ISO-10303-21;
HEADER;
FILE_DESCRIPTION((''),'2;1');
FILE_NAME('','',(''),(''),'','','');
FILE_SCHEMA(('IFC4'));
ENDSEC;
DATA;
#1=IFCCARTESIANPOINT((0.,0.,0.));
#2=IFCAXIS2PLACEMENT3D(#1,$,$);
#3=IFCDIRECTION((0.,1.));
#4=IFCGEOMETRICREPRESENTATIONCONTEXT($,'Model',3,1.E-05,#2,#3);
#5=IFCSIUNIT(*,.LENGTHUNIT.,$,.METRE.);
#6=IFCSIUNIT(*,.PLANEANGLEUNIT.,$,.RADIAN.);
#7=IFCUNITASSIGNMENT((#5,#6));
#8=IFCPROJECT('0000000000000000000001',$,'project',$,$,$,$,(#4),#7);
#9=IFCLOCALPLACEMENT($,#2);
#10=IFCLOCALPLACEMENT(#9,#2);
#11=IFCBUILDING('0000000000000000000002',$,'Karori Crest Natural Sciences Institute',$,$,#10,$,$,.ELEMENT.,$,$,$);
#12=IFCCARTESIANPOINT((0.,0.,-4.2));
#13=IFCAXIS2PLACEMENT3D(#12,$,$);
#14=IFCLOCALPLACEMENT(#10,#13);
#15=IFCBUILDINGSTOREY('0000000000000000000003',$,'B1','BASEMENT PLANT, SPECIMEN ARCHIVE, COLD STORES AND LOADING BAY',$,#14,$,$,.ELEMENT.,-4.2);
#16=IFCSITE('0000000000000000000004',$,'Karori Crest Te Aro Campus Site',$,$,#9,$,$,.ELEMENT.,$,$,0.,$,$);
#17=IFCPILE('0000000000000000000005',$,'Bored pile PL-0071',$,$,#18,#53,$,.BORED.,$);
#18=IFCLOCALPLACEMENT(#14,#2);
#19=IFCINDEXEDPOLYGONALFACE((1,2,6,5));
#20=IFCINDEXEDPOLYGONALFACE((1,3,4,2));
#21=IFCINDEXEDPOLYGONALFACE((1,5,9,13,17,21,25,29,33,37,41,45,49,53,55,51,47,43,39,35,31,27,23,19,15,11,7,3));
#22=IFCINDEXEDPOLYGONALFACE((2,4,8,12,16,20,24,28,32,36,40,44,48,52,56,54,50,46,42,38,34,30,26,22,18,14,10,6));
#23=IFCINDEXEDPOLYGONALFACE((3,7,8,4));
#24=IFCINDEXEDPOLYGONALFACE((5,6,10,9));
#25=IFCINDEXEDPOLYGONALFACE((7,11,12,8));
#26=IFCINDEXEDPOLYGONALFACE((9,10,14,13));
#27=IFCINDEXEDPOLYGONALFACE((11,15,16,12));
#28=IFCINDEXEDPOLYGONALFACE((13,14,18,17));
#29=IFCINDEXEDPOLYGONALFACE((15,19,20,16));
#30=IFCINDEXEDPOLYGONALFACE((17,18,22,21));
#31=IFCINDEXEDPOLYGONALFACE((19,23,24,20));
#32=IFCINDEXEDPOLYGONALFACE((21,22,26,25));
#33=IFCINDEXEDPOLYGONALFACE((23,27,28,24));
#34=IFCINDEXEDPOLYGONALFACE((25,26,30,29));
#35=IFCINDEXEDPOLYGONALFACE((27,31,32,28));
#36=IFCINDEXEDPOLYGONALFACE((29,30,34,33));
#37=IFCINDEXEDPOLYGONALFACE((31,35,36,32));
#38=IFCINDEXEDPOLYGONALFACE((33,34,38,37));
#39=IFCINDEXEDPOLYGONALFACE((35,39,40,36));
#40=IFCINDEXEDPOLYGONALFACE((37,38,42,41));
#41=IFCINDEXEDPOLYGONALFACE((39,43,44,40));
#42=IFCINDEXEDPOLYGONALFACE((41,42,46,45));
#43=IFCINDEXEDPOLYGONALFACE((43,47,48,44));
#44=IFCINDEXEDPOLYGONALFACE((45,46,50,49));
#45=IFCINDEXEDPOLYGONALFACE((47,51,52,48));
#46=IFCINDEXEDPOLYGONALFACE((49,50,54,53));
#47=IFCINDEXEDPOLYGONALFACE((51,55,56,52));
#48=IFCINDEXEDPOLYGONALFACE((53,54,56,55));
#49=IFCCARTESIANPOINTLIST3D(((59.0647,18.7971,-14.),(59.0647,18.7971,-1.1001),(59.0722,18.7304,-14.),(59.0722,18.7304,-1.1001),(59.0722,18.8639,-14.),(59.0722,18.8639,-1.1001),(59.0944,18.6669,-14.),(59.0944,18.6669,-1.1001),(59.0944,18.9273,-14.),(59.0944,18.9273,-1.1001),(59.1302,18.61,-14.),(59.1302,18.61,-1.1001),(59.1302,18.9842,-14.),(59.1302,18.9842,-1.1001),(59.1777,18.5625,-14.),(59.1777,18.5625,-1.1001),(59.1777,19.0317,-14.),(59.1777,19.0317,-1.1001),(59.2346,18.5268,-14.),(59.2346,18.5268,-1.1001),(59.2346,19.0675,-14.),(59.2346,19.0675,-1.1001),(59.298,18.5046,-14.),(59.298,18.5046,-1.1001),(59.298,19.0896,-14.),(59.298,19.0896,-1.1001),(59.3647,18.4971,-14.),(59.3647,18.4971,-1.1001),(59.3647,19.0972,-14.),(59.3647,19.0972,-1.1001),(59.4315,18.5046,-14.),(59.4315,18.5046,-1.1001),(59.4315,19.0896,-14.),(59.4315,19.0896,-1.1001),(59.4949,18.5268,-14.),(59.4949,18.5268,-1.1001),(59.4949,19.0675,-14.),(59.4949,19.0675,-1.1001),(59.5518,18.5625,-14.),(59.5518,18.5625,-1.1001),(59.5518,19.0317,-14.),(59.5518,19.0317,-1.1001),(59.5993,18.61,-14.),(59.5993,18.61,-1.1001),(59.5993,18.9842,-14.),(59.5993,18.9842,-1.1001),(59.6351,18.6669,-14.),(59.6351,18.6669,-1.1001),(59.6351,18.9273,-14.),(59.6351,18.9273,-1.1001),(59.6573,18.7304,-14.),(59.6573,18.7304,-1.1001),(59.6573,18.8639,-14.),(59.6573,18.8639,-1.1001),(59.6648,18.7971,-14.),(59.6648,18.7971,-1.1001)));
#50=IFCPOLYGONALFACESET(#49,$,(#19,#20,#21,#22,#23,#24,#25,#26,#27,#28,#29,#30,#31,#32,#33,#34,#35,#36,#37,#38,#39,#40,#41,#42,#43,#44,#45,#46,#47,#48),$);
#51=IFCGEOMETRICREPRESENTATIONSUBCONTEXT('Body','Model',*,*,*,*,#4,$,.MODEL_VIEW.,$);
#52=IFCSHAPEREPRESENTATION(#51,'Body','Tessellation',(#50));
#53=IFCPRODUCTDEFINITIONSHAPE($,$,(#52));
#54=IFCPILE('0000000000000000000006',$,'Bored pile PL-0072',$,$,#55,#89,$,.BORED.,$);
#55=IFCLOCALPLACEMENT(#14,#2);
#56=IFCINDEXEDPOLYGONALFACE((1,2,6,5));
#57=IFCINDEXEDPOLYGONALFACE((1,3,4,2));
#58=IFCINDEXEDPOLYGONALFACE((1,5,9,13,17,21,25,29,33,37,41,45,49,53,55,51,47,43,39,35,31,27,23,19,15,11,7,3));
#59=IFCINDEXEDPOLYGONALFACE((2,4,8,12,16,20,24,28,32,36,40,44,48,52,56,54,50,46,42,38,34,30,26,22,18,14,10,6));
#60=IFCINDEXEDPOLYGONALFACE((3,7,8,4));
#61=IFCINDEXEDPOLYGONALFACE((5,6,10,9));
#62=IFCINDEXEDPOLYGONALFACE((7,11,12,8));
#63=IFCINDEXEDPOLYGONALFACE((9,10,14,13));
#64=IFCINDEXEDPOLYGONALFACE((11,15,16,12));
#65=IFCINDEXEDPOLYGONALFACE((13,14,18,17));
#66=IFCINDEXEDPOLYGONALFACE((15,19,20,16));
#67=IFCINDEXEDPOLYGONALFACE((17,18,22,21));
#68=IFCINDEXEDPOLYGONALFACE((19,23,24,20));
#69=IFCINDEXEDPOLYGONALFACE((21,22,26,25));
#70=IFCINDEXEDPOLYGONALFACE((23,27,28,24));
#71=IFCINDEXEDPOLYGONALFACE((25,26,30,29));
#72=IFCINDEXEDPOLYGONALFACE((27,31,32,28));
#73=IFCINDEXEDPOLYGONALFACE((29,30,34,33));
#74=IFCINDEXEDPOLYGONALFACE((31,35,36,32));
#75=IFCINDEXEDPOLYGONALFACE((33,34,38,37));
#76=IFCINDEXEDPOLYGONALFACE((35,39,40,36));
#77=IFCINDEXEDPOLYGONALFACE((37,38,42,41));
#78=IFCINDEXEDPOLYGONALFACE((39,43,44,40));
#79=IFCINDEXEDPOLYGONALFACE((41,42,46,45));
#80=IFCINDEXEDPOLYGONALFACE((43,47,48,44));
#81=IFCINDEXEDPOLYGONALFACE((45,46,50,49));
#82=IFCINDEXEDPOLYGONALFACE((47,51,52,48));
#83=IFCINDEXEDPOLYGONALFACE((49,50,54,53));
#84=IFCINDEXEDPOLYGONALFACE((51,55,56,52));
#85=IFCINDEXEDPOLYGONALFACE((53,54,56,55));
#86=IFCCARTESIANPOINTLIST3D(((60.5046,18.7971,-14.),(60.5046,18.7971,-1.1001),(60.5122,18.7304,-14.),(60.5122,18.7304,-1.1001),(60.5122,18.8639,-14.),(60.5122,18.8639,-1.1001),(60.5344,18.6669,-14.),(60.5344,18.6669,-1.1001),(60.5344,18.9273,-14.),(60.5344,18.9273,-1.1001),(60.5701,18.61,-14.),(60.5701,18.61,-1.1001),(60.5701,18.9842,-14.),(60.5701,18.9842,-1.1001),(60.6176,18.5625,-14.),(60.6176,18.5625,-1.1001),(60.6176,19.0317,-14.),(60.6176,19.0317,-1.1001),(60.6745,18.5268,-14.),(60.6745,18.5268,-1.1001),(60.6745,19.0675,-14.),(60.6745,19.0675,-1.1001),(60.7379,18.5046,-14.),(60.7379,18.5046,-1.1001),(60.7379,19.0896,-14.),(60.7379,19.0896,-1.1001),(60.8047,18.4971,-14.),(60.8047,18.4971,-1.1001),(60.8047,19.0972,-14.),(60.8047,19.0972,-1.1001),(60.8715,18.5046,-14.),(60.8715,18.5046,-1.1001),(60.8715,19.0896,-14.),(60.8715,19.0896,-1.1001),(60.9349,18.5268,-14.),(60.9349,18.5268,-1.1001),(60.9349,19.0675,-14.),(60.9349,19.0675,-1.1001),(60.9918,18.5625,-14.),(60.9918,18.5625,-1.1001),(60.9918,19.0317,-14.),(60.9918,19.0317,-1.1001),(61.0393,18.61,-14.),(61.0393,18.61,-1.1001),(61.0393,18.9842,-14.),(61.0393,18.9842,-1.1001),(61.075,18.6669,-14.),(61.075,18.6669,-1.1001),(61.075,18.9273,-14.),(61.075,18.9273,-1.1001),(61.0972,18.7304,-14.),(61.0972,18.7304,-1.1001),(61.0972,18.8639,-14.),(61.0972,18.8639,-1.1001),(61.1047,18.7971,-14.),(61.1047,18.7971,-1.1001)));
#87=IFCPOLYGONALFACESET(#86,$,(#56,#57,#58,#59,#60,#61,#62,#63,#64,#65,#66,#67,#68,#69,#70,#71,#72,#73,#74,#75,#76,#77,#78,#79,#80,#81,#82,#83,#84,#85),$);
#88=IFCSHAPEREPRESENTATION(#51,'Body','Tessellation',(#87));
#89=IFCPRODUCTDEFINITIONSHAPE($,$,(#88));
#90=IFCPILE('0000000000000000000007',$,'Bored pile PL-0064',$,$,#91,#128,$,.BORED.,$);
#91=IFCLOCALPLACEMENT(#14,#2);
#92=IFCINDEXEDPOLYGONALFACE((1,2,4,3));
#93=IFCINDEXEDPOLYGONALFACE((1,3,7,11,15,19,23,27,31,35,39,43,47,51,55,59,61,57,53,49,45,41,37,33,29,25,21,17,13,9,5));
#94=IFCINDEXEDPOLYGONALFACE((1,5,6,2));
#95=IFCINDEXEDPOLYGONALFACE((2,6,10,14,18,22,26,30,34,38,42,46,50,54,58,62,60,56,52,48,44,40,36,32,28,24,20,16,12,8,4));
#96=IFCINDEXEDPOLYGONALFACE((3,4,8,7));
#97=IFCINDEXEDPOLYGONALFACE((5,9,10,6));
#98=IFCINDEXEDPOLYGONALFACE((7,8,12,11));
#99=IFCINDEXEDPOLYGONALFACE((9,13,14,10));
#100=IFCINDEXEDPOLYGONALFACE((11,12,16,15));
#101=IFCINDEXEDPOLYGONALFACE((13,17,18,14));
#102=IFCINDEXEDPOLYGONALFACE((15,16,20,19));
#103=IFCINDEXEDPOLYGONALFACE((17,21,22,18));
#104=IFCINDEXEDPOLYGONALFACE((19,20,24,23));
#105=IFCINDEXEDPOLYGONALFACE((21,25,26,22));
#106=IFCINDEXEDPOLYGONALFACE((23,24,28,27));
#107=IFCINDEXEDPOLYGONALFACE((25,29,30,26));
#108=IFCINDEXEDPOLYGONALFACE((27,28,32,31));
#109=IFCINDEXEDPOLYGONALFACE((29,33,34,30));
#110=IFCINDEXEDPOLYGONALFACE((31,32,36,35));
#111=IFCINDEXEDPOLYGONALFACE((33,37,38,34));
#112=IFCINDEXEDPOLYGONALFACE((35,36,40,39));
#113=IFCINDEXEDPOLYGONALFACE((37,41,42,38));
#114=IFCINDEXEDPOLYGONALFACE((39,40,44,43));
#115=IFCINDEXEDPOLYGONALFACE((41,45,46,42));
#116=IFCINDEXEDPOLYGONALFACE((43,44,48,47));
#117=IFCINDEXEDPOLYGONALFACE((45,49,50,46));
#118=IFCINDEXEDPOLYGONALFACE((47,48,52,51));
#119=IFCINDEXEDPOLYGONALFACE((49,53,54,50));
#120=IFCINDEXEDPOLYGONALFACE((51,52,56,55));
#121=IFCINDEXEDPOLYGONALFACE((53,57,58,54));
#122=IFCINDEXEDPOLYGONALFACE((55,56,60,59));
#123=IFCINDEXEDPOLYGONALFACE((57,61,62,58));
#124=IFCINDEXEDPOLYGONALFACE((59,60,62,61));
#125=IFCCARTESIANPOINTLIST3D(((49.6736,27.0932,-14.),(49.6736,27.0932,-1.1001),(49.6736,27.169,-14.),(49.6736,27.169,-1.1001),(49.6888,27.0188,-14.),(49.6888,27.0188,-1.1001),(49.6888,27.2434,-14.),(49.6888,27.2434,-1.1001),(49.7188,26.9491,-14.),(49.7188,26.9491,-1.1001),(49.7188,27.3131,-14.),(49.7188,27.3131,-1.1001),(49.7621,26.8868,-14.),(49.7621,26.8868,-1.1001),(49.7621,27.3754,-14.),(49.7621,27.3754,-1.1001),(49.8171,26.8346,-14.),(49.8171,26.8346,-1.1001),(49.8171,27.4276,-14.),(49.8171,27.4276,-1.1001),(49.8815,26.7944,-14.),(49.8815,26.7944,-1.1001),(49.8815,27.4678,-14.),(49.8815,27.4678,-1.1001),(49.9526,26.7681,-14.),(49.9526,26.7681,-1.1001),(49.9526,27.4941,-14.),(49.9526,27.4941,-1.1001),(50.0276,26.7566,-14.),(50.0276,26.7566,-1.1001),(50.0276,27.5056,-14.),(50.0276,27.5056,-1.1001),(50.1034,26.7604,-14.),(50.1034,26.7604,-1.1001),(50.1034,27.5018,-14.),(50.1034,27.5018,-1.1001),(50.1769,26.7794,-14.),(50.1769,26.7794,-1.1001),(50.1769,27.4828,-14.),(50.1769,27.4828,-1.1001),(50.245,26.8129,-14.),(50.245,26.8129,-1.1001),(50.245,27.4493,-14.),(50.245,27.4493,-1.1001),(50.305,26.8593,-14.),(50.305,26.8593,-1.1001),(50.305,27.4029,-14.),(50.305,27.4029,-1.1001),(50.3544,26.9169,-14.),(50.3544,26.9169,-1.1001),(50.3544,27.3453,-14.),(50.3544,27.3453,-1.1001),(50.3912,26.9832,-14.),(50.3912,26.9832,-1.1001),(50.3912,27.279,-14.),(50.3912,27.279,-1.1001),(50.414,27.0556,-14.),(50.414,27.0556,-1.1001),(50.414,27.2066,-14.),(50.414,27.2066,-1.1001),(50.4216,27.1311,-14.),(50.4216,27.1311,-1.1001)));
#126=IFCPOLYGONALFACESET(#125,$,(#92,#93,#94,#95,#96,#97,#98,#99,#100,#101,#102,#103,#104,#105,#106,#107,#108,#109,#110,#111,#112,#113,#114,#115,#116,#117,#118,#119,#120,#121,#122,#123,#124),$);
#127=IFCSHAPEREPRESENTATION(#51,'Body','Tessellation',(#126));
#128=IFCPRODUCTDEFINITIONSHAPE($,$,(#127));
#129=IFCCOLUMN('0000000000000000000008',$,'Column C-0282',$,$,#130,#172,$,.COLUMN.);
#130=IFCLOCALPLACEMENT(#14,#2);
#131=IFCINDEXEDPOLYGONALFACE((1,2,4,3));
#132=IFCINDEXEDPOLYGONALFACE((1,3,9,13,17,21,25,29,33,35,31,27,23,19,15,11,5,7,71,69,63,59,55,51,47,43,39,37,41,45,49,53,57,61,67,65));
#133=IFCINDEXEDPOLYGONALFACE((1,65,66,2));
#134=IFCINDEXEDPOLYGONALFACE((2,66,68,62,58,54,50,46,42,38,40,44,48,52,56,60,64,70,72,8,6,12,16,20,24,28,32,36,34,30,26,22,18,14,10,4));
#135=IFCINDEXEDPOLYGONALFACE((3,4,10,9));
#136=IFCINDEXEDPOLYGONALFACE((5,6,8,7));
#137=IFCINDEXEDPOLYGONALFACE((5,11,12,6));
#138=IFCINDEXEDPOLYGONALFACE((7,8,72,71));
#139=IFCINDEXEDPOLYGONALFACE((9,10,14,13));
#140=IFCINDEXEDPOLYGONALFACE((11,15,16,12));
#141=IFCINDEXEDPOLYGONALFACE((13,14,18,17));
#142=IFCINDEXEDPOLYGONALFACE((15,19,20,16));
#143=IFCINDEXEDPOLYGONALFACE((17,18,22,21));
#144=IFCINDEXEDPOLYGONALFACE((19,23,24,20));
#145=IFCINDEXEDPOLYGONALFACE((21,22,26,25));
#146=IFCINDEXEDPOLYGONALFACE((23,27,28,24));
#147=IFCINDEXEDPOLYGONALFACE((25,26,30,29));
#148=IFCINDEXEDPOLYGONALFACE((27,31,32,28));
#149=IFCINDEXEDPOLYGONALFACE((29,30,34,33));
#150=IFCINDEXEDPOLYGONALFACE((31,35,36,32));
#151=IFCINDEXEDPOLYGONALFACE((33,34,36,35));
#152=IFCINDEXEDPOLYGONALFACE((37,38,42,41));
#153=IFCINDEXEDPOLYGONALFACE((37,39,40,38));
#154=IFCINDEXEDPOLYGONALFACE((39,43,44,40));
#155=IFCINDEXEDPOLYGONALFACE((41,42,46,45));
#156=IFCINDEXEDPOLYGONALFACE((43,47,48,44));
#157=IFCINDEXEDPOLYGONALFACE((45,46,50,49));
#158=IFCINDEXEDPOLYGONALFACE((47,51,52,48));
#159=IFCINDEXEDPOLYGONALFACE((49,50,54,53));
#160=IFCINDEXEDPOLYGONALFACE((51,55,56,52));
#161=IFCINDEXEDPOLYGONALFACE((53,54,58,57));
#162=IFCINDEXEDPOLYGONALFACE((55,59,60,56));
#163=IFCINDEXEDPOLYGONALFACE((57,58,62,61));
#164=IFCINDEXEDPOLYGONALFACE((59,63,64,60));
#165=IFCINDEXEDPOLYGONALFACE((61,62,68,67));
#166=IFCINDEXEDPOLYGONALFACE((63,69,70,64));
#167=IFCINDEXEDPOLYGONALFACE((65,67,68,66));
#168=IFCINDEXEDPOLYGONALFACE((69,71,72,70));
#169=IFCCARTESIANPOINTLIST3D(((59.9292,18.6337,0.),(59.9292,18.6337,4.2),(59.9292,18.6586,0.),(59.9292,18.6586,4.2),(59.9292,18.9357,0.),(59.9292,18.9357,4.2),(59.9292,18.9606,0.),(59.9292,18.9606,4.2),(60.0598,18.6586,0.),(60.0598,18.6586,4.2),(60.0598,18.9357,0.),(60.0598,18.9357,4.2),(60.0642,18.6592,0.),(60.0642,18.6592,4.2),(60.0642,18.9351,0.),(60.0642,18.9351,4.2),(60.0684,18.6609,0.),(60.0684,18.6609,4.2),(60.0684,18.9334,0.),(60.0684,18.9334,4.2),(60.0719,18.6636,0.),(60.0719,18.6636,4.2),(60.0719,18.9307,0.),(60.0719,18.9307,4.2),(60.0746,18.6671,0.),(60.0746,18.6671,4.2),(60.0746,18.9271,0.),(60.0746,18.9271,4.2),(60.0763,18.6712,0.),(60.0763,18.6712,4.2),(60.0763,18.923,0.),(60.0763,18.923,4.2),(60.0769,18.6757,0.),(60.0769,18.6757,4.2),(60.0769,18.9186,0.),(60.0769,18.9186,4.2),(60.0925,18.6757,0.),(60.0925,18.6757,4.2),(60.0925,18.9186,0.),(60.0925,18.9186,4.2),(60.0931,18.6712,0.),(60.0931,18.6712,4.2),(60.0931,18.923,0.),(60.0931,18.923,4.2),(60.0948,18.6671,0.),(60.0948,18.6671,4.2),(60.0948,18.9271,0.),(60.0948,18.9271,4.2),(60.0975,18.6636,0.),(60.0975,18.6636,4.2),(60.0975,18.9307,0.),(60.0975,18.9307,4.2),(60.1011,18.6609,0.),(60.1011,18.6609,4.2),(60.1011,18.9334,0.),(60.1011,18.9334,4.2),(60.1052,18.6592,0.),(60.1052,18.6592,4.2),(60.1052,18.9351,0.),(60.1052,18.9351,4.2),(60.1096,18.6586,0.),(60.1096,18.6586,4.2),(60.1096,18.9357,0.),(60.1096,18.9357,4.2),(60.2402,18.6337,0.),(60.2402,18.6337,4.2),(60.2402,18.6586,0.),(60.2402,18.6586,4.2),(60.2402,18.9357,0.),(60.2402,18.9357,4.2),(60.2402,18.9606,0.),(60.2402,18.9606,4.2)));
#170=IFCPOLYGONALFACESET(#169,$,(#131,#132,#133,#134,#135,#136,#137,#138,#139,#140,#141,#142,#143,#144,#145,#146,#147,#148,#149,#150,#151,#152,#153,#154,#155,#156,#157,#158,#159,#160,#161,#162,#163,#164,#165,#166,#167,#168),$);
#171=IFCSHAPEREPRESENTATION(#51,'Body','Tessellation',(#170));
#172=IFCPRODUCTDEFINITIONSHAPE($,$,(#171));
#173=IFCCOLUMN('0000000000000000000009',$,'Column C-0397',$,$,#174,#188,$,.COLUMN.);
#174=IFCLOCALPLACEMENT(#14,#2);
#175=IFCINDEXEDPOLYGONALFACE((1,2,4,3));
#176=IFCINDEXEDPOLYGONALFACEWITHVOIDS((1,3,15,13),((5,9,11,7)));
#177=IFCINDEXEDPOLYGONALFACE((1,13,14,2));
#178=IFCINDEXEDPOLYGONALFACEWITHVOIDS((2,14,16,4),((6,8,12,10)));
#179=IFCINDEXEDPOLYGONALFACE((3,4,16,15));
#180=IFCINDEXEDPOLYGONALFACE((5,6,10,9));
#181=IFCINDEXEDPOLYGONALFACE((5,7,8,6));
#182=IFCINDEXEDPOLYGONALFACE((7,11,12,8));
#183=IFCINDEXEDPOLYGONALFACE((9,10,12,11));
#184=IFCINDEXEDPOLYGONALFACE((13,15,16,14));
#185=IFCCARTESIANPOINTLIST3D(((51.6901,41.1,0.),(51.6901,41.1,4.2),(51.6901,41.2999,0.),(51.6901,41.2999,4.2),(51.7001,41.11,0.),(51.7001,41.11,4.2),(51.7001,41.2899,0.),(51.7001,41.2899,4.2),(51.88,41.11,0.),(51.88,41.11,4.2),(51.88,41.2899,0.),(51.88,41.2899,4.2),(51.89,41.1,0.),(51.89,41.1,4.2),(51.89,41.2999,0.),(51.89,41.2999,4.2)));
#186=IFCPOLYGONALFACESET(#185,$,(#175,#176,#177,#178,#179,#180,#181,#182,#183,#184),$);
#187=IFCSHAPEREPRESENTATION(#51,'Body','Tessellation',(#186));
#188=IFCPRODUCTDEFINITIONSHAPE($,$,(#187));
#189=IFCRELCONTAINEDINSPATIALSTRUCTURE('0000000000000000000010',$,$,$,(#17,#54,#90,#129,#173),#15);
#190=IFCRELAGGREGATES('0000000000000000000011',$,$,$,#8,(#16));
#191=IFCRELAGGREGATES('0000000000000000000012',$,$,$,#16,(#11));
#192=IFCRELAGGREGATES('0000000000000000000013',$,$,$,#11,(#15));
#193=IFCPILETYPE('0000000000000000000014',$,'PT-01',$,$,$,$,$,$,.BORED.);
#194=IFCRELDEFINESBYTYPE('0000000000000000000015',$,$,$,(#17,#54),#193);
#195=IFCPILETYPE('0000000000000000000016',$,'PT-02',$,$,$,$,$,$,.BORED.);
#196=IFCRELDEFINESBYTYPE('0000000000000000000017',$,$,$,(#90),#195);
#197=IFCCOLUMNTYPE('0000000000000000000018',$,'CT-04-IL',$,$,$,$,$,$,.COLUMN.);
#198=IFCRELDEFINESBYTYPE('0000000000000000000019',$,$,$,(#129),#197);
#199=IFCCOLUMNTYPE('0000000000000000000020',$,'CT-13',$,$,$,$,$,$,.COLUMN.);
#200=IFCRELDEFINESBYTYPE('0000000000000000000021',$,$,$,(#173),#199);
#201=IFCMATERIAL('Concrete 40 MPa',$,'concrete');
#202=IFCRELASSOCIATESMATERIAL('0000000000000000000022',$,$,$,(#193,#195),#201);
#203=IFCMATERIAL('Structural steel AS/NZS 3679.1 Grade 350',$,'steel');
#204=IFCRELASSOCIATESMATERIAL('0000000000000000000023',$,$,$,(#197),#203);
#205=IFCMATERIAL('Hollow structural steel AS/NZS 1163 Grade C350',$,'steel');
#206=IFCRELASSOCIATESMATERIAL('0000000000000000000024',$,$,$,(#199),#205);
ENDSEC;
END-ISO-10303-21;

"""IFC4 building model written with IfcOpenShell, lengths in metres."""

from ifc_helpers import new_model, si_unit, direction, frame, origin, origin_2d, place, context, subcontext, project, spatial, hollow_rectangle, circle, i_section, extrude, material, material_profile, profile_set, type_object, element, save


model = new_model("IFC4")

# Units and contexts
model_context = context("Model", 3, precision=1e-05, world=origin(), true_north=direction((0.0, 1.0)))
body_context = subcontext(model_context, "Body", "Model", "MODEL_VIEW")
ifc_project = project(units=[si_unit("LENGTHUNIT", "METRE"), si_unit("PLANEANGLEUNIT", "RADIAN")], contexts=[model_context])

# Site, building, storey
site_placement = place(None, origin())
site = spatial("IfcSite", under=ifc_project, at=site_placement, Name="Karori Crest Te Aro Campus Site", CompositionType="ELEMENT", RefElevation=0.0)
building_placement = place(site_placement, origin())
building = spatial("IfcBuilding", under=site, at=building_placement, Name="Karori Crest Natural Sciences Institute", CompositionType="ELEMENT")
storey_placement = place(building_placement, frame((0.0, 0.0, -4.2)))
storey = spatial("IfcBuildingStorey", under=building, at=storey_placement, Name="B1", Description="BASEMENT PLANT, SPECIMEN ARCHIVE, COLD STORES AND LOADING BAY", CompositionType="ELEMENT", Elevation=-4.2)

# Shared definitions
ifc_material_1 = material(Name="Concrete 40 MPa", Category="concrete")

# Piles
ifc_material_profile_1 = material_profile(ifc_material_1, circle(Radius=0.3, at=origin_2d()), Name="PILE600")
ifc_profile_set_1 = profile_set([ifc_material_profile_1], Name="Concrete 40 MPa")
pile_type_1 = type_object("IfcPileType", Name="PT-01", PredefinedType="BORED", material=ifc_profile_set_1)
for number, where, z_axis, x_axis, name in (
    (1, (59.3647, 18.7971, -1.1001), (0.0, 0.0, -1.0), (1.0, 0.0, 0.0), "Bored pile PL-0071"),
    (2, (60.8047, 18.7971, -1.1001), (0.0, 0.0, -1.0), (1.0, 0.0, 0.0), "Bored pile PL-0072"),
):
    element("IfcPile", number, at=place(storey_placement, frame(where, z_axis=z_axis, x_axis=x_axis)), inside=storey, type_object=pile_type_1, Name=name, PredefinedType="BORED", context=body_context, shape_type="SweptSolid", body=[
        extrude(circle(Radius=0.3, at=origin_2d()), origin(), (0.0, 0.0, 1.0), 12.8999),
    ])
ifc_material_profile_2 = material_profile(ifc_material_1, circle(Radius=0.375, at=origin_2d()), Name="PILE750")
ifc_profile_set_2 = profile_set([ifc_material_profile_2], Name="Concrete 40 MPa")
pile_type_2 = type_object("IfcPileType", Name="PT-02", PredefinedType="BORED", material=ifc_profile_set_2)
pile_placement = place(storey_placement, frame((50.0466, 27.1311, -1.1001), z_axis=(0.0, 0.0, -1.0), x_axis=(1.0, 0.0, 0.0)))
element("IfcPile", 3, at=pile_placement, inside=storey, type_object=pile_type_2, Name="Bored pile PL-0064", PredefinedType="BORED", context=body_context, shape_type="SweptSolid", body=[
    extrude(circle(Radius=0.375, at=origin_2d()), origin(), (0.0, 0.0, 1.0), 12.8999),
])

# Columns
ifc_material_2 = material(Name="Structural steel AS/NZS 3679.1 Grade 350", Category="steel")
ifc_material_profile_3 = material_profile(ifc_material_2, i_section(OverallWidth=0.311, OverallDepth=0.3269, WebThickness=0.0156, FlangeThickness=0.0249, FilletRadius=0.0171, at=origin_2d()), Name="310UC158")
ifc_profile_set_3 = profile_set([ifc_material_profile_3], Name="Structural steel AS/NZS 3679.1 Grade 350")
column_type_1 = type_object("IfcColumnType", Name="CT-04-IL", PredefinedType="COLUMN", material=ifc_profile_set_3)
column_1_placement = place(storey_placement, frame((60.0847, 18.7971, 0.0), z_axis=(0.0, 0.0, 1.0), x_axis=(1.0, 0.0, 0.0)))
element("IfcColumn", 4, at=column_1_placement, inside=storey, type_object=column_type_1, Name="Column C-0282", PredefinedType="COLUMN", context=body_context, shape_type="SweptSolid", body=[
    extrude(i_section(OverallWidth=0.311, OverallDepth=0.3269, WebThickness=0.0156, FlangeThickness=0.0249, FilletRadius=0.0171, at=origin_2d()), origin(), (0.0, 0.0, 1.0), 4.2),
])
ifc_material_3 = material(Name="Hollow structural steel AS/NZS 1163 Grade C350", Category="steel")
ifc_material_profile_4 = material_profile(ifc_material_3, hollow_rectangle(XDim=0.2, YDim=0.2, WallThickness=0.01, at=origin_2d()), Name="SHS200x200x10")
ifc_profile_set_4 = profile_set([ifc_material_profile_4], Name="Hollow structural steel AS/NZS 1163 Grade C350")
column_type_2 = type_object("IfcColumnType", Name="CT-13", PredefinedType="COLUMN", material=ifc_profile_set_4)
for number, where, z_axis, x_axis, name in (
    (5, (51.79, 41.2, 0.0), (0.0, 0.0, 1.0), (1.0, 0.0, 0.0), "Column C-0397"),
):
    element("IfcColumn", number, at=place(storey_placement, frame(where, z_axis=z_axis, x_axis=x_axis)), inside=storey, type_object=column_type_2, Name=name, PredefinedType="COLUMN", context=body_context, shape_type="SweptSolid", body=[
        extrude(hollow_rectangle(XDim=0.2, YDim=0.2, WallThickness=0.01, at=origin_2d()), origin(), (0.0, 0.0, 1.0), 4.2),
    ])

save(model, "model.ifc")
